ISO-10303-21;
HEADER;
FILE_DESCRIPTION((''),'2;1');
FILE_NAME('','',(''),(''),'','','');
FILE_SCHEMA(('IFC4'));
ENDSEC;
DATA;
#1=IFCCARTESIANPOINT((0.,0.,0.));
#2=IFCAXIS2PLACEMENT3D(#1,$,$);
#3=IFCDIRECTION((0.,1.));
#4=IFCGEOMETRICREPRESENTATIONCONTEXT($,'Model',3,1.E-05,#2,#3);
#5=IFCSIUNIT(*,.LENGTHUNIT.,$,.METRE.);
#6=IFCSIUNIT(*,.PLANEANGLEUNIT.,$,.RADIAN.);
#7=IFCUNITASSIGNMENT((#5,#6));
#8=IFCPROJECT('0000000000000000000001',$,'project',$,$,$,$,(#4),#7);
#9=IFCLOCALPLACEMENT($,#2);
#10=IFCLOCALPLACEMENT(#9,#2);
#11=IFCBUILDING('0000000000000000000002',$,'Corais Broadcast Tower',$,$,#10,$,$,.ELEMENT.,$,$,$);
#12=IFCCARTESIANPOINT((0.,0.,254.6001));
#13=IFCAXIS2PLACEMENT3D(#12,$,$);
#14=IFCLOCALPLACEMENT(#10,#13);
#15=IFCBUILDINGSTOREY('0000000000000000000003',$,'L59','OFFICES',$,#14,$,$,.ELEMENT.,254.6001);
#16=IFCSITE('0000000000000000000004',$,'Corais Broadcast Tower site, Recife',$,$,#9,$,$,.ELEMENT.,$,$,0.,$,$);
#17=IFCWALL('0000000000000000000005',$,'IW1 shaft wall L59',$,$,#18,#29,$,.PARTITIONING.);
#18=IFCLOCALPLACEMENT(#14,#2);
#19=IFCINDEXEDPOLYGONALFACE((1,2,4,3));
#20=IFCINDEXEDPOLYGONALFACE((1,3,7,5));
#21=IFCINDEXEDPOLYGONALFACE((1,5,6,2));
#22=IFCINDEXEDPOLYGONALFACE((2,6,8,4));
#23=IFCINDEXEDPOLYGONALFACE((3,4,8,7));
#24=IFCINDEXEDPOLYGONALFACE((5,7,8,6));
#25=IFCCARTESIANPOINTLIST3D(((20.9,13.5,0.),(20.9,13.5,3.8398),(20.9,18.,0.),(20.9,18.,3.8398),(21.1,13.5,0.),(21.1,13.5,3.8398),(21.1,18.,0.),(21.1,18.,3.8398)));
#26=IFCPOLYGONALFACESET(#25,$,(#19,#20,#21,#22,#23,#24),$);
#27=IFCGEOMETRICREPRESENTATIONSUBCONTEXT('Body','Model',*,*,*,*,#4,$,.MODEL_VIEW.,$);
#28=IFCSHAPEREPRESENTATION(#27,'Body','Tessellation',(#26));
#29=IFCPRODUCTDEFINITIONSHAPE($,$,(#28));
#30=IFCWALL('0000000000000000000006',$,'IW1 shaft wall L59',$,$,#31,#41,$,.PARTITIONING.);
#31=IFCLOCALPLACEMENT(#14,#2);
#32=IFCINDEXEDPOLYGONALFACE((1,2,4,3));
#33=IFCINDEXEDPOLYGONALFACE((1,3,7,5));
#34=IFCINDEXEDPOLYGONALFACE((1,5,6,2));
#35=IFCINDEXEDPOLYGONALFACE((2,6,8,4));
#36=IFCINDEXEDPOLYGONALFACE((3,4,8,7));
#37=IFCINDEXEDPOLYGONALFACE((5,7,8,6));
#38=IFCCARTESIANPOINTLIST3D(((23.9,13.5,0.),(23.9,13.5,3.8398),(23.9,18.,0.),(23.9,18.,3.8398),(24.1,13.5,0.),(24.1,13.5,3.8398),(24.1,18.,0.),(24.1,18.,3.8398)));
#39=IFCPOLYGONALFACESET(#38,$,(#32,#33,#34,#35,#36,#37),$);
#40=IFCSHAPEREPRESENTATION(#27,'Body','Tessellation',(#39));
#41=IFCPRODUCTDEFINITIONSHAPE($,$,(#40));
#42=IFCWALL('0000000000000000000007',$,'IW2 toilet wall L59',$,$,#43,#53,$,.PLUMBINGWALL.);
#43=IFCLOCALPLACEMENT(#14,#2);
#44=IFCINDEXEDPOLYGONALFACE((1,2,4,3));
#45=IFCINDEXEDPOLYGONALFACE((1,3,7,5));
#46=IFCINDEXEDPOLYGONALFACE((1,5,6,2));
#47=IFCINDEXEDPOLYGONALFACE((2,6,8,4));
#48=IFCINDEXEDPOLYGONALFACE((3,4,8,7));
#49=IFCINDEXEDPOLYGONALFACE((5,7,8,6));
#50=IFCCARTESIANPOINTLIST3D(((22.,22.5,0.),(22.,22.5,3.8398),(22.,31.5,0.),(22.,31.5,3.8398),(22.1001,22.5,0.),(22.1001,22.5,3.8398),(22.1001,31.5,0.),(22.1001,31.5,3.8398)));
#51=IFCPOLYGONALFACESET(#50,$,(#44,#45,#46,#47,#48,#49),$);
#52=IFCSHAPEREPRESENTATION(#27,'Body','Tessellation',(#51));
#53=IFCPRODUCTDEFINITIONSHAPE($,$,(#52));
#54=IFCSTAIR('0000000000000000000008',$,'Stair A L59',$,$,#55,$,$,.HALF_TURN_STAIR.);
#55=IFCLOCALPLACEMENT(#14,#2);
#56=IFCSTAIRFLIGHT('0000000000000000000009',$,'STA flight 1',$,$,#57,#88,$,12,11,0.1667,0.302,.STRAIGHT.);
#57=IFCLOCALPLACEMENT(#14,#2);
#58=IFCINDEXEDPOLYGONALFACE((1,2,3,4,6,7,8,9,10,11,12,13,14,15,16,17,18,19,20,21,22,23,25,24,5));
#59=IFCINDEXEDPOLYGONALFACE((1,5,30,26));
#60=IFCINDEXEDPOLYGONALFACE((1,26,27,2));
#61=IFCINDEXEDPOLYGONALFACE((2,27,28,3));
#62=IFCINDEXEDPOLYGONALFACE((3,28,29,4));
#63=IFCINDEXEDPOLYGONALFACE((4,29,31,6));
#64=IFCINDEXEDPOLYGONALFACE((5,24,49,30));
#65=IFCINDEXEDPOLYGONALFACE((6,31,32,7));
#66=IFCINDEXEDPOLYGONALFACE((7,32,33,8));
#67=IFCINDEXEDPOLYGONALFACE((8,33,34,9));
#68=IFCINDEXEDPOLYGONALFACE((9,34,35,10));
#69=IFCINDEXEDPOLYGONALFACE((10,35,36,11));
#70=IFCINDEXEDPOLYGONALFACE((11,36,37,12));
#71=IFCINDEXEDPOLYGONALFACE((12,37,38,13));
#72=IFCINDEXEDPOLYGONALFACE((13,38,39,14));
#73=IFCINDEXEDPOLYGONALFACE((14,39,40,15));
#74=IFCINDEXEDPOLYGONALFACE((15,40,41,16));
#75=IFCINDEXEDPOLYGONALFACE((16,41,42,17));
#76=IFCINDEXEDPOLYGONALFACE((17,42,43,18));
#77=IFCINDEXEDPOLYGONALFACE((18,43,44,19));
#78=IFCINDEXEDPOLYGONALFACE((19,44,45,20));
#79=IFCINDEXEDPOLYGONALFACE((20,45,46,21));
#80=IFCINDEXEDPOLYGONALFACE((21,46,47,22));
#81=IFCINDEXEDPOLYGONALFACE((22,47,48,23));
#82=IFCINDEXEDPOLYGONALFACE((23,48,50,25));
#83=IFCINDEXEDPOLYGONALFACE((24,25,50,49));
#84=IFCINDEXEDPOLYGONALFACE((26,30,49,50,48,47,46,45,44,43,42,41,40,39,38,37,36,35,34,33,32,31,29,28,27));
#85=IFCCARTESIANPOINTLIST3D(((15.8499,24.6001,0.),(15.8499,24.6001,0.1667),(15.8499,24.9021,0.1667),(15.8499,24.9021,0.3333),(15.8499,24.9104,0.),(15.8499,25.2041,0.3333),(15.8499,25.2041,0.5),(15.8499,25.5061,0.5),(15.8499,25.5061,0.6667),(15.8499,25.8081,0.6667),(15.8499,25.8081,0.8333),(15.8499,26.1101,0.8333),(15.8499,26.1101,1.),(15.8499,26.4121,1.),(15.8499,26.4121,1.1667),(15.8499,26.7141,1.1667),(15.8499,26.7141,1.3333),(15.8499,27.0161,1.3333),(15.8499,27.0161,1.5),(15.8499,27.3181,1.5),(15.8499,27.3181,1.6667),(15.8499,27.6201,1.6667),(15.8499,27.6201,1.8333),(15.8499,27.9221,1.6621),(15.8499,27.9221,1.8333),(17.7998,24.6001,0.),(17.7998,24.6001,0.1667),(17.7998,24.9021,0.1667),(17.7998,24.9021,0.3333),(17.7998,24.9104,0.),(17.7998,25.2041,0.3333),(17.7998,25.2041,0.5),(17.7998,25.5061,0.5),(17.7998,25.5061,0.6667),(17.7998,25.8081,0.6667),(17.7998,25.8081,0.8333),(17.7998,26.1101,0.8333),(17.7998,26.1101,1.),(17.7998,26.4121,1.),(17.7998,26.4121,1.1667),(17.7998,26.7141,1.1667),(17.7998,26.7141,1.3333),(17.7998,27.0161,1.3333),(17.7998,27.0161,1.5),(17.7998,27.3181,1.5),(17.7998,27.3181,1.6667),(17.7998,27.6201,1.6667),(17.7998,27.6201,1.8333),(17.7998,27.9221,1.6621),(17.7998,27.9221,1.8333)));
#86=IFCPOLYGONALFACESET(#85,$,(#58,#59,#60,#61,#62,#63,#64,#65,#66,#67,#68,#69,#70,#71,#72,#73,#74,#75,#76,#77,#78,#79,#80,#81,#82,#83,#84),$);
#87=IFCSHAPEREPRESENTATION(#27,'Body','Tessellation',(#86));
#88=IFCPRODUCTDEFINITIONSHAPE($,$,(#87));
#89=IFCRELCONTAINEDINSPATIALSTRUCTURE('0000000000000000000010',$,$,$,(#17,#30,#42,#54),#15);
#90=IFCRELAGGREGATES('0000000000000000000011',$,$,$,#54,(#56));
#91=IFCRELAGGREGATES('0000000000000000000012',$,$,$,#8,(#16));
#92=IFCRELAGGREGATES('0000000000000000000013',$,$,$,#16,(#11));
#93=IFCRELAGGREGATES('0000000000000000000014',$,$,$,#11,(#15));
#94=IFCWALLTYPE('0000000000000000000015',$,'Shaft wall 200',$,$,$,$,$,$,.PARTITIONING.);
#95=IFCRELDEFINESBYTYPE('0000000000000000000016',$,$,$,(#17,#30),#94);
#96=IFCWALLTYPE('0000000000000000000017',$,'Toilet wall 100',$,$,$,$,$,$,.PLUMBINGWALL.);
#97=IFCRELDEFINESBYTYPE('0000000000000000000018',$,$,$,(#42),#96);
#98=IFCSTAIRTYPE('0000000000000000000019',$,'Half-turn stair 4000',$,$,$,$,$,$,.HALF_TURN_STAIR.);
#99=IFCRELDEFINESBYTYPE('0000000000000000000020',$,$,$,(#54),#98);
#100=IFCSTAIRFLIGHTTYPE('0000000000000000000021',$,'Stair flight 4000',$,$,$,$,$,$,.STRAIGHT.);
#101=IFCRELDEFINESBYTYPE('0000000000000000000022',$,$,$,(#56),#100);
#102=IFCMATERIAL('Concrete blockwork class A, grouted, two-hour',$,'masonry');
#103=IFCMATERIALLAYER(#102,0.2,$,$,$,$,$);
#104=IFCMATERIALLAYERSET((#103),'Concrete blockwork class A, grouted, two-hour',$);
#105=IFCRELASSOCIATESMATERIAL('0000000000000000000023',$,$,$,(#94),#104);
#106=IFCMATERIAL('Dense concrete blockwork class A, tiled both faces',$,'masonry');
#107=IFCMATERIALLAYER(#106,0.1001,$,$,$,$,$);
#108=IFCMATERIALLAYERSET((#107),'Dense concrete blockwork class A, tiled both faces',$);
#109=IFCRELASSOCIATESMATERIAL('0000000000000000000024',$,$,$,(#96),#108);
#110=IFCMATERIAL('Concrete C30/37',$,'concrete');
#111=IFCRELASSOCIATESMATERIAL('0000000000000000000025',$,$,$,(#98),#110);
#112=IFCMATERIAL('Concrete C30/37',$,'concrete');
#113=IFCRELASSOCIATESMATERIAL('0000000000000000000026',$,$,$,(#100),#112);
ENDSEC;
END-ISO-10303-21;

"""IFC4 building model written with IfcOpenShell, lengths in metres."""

from ifc_helpers import new_model, si_unit, direction, frame, frame_2d, origin, place, context, subcontext, project, spatial, polyline, rectangle, outline, extrude, material, layer, layer_set, type_object, element, aggregate, save


model = new_model("IFC4")

# Units and contexts
model_context = context("Model", 3, precision=1e-05, world=origin(), true_north=direction((0.0, 1.0)))
body_context = subcontext(model_context, "Body", "Model", "MODEL_VIEW")
ifc_project = project(units=[si_unit("LENGTHUNIT", "METRE"), si_unit("PLANEANGLEUNIT", "RADIAN")], contexts=[model_context])

# Site, building, storey
site_placement = place(None, origin())
site = spatial("IfcSite", under=ifc_project, at=site_placement, Name="Corais Broadcast Tower site, Recife", CompositionType="ELEMENT", RefElevation=0.0)
building_placement = place(site_placement, origin())
building = spatial("IfcBuilding", under=site, at=building_placement, Name="Corais Broadcast Tower", CompositionType="ELEMENT")
storey_placement = place(building_placement, frame((0.0, 0.0, 254.6001)))
storey = spatial("IfcBuildingStorey", under=building, at=storey_placement, Name="L59", Description="OFFICES", CompositionType="ELEMENT", Elevation=254.6001)

# Walls
ifc_material_1 = material(Name="Concrete blockwork class A, grouted, two-hour", Category="masonry")
ifc_layer_1 = layer(ifc_material_1, 0.2)
ifc_layer_set_1 = layer_set([ifc_layer_1], Name="Concrete blockwork class A, grouted, two-hour")
wall_type_1 = type_object("IfcWallType", Name="Shaft wall 200", PredefinedType="PARTITIONING", material=ifc_layer_set_1)
for number, where, z_axis, x_axis, name in (
    (1, (21.0, 13.5, 0.0), (0.0, 0.0, 1.0), (0.0, 1.0, 0.0), "IW1 shaft wall L59"),
    (2, (24.0, 13.5, 0.0), (0.0, 0.0, 1.0), (0.0, 1.0, 0.0), "IW1 shaft wall L59"),
):
    element("IfcWall", number, at=place(storey_placement, frame(where, z_axis=z_axis, x_axis=x_axis)), inside=storey, type_object=wall_type_1, Name=name, PredefinedType="PARTITIONING", context=body_context, shape_type="SweptSolid", body=[
        extrude(rectangle(XDim=4.5, YDim=0.2, at=frame_2d((2.25, 0.0))), origin(), (0.0, 0.0, 1.0), 3.8398),
    ])
ifc_material_2 = material(Name="Dense concrete blockwork class A, tiled both faces", Category="masonry")
ifc_layer_2 = layer(ifc_material_2, 0.1001)
ifc_layer_set_2 = layer_set([ifc_layer_2], Name="Dense concrete blockwork class A, tiled both faces")
wall_type_2 = type_object("IfcWallType", Name="Toilet wall 100", PredefinedType="PLUMBINGWALL", material=ifc_layer_set_2)
wall_1_placement = place(storey_placement, frame((22.05, 22.5, 0.0), z_axis=(0.0, 0.0, 1.0), x_axis=(0.0, 1.0, 0.0)))
element("IfcWall", 3, at=wall_1_placement, inside=storey, type_object=wall_type_2, Name="IW2 toilet wall L59", PredefinedType="PLUMBINGWALL", context=body_context, shape_type="SweptSolid", body=[
    extrude(rectangle(XDim=9.0, YDim=0.1001, at=frame_2d((4.5, 0.0))), origin(), (0.0, 0.0, 1.0), 3.8398),
])

# Stair, stair flight
ifc_material_3 = material(Name="Concrete C30/37", Category="concrete")
stair_type = type_object("IfcStairType", Name="Half-turn stair 4000", PredefinedType="HALF_TURN_STAIR", material=ifc_material_3)
stair_placement = place(storey_placement, origin())
stair = element("IfcStair", 4, at=stair_placement, inside=storey, type_object=stair_type, Name="Stair A L59", PredefinedType="HALF_TURN_STAIR")
ifc_material_4 = material(Name="Concrete C30/37", Category="concrete")
stair_flight_type = type_object("IfcStairFlightType", Name="Stair flight 4000", PredefinedType="STRAIGHT", material=ifc_material_4)
stair_flight_placement = place(storey_placement, frame((16.825, 24.6001, 0.0), z_axis=(0.0, 0.0, 1.0), x_axis=(0.0, 1.0, 0.0)))
stair_flight = element("IfcStairFlight", 5, at=stair_flight_placement, type_object=stair_flight_type, Name="STA flight 1", NumberOfRisers=12, NumberOfTreads=11, PredefinedType="STRAIGHT", RiserHeight=0.1667, TreadLength=0.302, context=body_context, shape_type="SweptSolid", body=[
    extrude(outline(polyline([(0.0, 0.0), (0.0, 0.1667), (0.302, 0.1667), (0.302, 0.3333), (0.604, 0.3333), (0.604, 0.5), (0.906, 0.5), (0.906, 0.6667), (1.208, 0.6667), (1.208, 0.8333), (1.51, 0.8333), (1.51, 1.0), (1.812, 1.0), (1.812, 1.1667), (2.114, 1.1667), (2.114, 1.3333), (2.416, 1.3333), (2.416, 1.5), (2.718, 1.5), (2.718, 1.6667), (3.02, 1.6667), (3.02, 1.8333), (3.322, 1.8333), (3.322, 2.0), (3.322, 1.6621), (0.3103, 0.0), (0.0, 0.0)])), frame((0.0, 0.9751, 0.0), z_axis=(0.0, -1.0, 0.0), x_axis=(1.0, 0.0, 0.0)), (0.0, 0.0, 1.0), 1.95),
])
aggregate(stair, [stair_flight])

save(model, "model.ifc")
